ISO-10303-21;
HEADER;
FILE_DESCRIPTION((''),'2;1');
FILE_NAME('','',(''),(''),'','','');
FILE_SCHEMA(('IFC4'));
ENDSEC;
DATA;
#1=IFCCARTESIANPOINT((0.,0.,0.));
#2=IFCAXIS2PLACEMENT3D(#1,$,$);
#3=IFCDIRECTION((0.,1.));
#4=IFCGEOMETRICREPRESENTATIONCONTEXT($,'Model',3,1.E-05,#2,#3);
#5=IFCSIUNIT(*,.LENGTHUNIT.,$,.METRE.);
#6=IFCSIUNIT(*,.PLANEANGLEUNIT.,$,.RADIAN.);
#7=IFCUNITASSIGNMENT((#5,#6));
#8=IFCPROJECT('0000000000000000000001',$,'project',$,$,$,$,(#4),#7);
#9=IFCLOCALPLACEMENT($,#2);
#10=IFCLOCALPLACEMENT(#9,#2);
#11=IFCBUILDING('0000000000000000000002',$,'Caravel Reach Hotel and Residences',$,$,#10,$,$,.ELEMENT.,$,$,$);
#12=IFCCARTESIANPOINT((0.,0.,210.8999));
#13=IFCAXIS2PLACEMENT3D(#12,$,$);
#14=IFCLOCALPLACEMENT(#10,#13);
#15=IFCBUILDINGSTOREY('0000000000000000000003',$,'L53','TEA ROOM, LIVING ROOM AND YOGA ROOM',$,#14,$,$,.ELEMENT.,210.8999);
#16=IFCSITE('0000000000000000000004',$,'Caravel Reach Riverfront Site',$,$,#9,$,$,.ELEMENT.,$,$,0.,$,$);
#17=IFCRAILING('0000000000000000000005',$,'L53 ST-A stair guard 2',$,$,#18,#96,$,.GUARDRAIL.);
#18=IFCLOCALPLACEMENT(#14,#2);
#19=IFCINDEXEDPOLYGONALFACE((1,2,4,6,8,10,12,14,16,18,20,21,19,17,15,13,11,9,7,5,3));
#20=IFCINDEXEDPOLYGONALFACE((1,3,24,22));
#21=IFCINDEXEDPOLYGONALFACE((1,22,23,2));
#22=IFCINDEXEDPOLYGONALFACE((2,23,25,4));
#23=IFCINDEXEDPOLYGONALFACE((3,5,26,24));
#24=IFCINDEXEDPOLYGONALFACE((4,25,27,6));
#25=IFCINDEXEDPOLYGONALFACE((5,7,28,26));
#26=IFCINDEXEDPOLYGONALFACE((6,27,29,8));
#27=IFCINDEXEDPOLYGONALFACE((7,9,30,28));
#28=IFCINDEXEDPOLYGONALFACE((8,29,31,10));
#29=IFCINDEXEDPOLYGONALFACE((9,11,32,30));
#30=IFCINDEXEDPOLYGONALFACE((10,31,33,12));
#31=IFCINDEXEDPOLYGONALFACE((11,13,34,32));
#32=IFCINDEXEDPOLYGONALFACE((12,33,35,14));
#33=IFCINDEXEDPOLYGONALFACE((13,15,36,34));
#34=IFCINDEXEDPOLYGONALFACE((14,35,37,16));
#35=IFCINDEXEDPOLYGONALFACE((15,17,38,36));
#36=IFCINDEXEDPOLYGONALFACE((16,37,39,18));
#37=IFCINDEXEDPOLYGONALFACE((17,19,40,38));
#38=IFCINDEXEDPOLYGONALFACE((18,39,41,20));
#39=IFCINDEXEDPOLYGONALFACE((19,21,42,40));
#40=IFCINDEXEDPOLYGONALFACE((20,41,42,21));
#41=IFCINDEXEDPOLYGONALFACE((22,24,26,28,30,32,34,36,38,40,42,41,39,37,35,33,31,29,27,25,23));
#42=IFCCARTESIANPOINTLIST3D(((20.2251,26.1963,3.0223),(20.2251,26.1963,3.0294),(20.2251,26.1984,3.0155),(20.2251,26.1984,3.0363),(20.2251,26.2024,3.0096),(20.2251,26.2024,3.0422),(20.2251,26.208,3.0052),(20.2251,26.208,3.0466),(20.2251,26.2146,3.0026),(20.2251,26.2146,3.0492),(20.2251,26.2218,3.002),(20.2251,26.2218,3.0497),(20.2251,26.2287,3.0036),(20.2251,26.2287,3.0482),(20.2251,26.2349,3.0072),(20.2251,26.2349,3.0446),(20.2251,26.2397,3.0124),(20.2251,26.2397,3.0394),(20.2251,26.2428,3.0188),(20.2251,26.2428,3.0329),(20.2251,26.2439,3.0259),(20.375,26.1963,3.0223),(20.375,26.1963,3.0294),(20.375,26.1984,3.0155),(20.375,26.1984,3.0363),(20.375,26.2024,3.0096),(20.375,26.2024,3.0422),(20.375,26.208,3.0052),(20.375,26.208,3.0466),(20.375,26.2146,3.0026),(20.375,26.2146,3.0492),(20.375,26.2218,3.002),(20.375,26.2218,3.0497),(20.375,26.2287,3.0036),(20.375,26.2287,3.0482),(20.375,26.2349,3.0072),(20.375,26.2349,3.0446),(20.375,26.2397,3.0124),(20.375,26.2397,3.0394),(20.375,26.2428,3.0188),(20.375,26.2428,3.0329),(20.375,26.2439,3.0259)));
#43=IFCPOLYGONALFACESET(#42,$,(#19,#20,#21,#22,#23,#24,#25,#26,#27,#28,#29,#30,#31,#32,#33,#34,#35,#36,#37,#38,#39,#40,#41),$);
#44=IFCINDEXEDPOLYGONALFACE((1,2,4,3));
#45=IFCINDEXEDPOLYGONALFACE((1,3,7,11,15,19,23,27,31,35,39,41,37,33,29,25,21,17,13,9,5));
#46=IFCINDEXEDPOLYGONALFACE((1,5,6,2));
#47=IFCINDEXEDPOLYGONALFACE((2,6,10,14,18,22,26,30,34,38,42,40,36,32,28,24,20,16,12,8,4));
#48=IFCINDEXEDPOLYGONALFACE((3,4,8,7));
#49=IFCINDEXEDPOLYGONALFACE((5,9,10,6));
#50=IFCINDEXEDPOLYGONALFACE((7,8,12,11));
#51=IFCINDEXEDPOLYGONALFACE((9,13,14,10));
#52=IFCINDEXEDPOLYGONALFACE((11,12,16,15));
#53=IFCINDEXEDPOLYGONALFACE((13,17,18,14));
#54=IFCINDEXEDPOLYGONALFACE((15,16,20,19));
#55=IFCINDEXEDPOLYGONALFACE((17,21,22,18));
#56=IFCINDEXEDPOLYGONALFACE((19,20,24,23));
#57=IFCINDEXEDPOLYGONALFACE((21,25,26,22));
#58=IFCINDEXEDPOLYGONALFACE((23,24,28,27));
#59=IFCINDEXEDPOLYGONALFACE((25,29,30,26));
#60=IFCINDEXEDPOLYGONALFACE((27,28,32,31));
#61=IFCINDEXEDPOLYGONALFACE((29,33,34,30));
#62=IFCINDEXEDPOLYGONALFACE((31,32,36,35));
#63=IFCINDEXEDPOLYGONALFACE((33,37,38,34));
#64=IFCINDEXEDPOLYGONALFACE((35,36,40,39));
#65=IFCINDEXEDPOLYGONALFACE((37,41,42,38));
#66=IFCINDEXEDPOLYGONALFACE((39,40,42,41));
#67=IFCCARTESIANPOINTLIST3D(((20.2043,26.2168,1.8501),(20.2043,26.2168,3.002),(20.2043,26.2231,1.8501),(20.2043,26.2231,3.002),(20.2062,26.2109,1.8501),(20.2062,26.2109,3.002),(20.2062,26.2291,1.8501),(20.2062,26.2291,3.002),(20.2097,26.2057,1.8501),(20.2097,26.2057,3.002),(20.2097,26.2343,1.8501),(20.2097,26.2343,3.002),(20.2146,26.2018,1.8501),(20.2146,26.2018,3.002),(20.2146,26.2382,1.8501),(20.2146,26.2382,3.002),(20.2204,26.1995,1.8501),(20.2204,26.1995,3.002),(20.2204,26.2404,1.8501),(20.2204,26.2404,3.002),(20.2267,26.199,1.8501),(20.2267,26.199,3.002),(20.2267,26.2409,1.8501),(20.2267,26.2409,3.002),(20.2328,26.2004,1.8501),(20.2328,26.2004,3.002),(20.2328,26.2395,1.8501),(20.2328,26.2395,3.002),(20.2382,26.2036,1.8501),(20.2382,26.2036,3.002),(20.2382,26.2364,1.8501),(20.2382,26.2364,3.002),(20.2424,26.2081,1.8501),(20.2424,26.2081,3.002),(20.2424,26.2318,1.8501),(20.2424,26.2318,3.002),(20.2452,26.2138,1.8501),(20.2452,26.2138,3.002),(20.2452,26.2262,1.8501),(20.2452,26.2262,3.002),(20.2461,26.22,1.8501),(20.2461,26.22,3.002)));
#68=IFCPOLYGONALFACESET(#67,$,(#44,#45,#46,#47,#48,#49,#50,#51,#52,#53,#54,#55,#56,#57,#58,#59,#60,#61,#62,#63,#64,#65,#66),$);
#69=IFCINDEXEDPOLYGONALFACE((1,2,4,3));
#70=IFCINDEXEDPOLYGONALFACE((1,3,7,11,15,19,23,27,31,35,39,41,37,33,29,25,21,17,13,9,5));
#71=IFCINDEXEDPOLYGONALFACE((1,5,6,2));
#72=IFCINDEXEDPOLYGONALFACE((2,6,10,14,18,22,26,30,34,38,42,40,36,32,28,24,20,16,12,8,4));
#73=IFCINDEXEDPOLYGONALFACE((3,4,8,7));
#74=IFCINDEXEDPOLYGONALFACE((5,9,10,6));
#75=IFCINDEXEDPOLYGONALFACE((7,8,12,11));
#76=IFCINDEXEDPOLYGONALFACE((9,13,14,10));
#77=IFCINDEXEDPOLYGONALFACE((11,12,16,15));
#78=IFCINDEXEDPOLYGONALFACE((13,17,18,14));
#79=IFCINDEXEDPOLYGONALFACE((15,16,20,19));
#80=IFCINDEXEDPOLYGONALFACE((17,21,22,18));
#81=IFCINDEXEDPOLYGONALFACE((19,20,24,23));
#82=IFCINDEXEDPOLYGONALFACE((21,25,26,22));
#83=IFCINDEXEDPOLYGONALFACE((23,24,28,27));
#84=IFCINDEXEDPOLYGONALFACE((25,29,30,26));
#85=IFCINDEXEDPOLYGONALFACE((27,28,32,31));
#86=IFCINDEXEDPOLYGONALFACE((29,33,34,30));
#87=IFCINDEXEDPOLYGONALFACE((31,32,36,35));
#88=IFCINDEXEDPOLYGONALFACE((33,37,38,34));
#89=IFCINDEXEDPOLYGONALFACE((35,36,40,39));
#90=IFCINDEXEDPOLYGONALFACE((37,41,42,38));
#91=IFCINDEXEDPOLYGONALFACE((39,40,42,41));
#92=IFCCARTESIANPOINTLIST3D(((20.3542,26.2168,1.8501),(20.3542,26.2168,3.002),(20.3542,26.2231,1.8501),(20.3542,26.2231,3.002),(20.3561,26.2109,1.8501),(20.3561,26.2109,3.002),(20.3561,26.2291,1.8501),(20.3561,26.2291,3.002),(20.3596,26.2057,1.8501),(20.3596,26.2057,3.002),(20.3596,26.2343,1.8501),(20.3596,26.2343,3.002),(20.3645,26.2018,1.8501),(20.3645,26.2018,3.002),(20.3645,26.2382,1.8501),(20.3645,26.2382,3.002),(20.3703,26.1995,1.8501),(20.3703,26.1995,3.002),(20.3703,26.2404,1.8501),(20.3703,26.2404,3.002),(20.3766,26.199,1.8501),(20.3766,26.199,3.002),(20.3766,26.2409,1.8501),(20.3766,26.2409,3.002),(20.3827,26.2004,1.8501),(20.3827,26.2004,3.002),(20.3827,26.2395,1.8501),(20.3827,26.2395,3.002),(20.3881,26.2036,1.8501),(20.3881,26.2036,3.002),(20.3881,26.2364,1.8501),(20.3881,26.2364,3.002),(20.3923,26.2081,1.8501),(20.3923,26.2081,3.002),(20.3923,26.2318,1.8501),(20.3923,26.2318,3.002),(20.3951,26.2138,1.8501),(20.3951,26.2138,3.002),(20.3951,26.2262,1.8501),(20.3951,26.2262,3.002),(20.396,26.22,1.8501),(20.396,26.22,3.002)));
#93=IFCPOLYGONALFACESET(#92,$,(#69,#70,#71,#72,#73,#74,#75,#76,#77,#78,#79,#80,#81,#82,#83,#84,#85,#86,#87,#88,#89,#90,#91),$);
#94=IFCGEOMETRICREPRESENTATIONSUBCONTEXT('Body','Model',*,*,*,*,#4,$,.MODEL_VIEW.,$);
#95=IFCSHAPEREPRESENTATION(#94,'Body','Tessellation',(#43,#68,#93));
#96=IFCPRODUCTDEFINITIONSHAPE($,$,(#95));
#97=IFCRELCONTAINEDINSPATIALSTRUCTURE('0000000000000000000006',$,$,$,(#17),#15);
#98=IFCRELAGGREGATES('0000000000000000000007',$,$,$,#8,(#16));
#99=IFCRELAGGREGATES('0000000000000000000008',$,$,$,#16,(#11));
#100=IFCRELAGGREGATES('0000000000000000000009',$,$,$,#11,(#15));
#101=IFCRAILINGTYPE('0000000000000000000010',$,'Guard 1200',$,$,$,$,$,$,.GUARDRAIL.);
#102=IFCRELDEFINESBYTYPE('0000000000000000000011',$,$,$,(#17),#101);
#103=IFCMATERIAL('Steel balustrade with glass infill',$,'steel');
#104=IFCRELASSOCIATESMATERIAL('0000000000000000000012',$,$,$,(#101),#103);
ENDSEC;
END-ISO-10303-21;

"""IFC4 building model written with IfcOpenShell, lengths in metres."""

from ifc_helpers import new_model, si_unit, direction, frame, origin, origin_2d, place, context, subcontext, project, spatial, circle, extrude, material, type_object, element, save


model = new_model("IFC4")

# Units and contexts
model_context = context("Model", 3, precision=1e-05, world=origin(), true_north=direction((0.0, 1.0)))
body_context = subcontext(model_context, "Body", "Model", "MODEL_VIEW")
ifc_project = project(units=[si_unit("LENGTHUNIT", "METRE"), si_unit("PLANEANGLEUNIT", "RADIAN")], contexts=[model_context])

# Site, building, storey
site_placement = place(None, origin())
site = spatial("IfcSite", under=ifc_project, at=site_placement, Name="Caravel Reach Riverfront Site", CompositionType="ELEMENT", RefElevation=0.0)
building_placement = place(site_placement, origin())
building = spatial("IfcBuilding", under=site, at=building_placement, Name="Caravel Reach Hotel and Residences", CompositionType="ELEMENT")
storey_placement = place(building_placement, frame((0.0, 0.0, 210.8999)))
storey = spatial("IfcBuildingStorey", under=building, at=storey_placement, Name="L53", Description="TEA ROOM, LIVING ROOM AND YOGA ROOM", CompositionType="ELEMENT", Elevation=210.8999)

# Railing
ifc_material_1 = material(Name="Steel balustrade with glass infill", Category="steel")
railing_type = type_object("IfcRailingType", Name="Guard 1200", PredefinedType="GUARDRAIL", material=ifc_material_1)
railing_1_placement = place(storey_placement, frame((20.2251, 26.22, 1.8501)))
element("IfcRailing", 1, at=railing_1_placement, inside=storey, type_object=railing_type, Name="L53 ST-A stair guard 2", PredefinedType="GUARDRAIL", context=body_context, shape_type="SweptSolid", body=[
    extrude(circle(Radius=0.0239, at=origin_2d()), frame((0.0, 0.0, 1.1758), z_axis=(1.0, 0.0, 0.0), x_axis=(0.0, 1.0, 0.0)), (0.0, 0.0, 1.0), 0.1499),
    extrude(circle(Radius=0.021, at=origin_2d()), origin(), (0.0, 0.0, 1.0), 1.1519),
    extrude(circle(Radius=0.021, at=origin_2d()), frame((0.1499, 0.0, 0.0)), (0.0, 0.0, 1.0), 1.1519),
])

save(model, "model.ifc")
